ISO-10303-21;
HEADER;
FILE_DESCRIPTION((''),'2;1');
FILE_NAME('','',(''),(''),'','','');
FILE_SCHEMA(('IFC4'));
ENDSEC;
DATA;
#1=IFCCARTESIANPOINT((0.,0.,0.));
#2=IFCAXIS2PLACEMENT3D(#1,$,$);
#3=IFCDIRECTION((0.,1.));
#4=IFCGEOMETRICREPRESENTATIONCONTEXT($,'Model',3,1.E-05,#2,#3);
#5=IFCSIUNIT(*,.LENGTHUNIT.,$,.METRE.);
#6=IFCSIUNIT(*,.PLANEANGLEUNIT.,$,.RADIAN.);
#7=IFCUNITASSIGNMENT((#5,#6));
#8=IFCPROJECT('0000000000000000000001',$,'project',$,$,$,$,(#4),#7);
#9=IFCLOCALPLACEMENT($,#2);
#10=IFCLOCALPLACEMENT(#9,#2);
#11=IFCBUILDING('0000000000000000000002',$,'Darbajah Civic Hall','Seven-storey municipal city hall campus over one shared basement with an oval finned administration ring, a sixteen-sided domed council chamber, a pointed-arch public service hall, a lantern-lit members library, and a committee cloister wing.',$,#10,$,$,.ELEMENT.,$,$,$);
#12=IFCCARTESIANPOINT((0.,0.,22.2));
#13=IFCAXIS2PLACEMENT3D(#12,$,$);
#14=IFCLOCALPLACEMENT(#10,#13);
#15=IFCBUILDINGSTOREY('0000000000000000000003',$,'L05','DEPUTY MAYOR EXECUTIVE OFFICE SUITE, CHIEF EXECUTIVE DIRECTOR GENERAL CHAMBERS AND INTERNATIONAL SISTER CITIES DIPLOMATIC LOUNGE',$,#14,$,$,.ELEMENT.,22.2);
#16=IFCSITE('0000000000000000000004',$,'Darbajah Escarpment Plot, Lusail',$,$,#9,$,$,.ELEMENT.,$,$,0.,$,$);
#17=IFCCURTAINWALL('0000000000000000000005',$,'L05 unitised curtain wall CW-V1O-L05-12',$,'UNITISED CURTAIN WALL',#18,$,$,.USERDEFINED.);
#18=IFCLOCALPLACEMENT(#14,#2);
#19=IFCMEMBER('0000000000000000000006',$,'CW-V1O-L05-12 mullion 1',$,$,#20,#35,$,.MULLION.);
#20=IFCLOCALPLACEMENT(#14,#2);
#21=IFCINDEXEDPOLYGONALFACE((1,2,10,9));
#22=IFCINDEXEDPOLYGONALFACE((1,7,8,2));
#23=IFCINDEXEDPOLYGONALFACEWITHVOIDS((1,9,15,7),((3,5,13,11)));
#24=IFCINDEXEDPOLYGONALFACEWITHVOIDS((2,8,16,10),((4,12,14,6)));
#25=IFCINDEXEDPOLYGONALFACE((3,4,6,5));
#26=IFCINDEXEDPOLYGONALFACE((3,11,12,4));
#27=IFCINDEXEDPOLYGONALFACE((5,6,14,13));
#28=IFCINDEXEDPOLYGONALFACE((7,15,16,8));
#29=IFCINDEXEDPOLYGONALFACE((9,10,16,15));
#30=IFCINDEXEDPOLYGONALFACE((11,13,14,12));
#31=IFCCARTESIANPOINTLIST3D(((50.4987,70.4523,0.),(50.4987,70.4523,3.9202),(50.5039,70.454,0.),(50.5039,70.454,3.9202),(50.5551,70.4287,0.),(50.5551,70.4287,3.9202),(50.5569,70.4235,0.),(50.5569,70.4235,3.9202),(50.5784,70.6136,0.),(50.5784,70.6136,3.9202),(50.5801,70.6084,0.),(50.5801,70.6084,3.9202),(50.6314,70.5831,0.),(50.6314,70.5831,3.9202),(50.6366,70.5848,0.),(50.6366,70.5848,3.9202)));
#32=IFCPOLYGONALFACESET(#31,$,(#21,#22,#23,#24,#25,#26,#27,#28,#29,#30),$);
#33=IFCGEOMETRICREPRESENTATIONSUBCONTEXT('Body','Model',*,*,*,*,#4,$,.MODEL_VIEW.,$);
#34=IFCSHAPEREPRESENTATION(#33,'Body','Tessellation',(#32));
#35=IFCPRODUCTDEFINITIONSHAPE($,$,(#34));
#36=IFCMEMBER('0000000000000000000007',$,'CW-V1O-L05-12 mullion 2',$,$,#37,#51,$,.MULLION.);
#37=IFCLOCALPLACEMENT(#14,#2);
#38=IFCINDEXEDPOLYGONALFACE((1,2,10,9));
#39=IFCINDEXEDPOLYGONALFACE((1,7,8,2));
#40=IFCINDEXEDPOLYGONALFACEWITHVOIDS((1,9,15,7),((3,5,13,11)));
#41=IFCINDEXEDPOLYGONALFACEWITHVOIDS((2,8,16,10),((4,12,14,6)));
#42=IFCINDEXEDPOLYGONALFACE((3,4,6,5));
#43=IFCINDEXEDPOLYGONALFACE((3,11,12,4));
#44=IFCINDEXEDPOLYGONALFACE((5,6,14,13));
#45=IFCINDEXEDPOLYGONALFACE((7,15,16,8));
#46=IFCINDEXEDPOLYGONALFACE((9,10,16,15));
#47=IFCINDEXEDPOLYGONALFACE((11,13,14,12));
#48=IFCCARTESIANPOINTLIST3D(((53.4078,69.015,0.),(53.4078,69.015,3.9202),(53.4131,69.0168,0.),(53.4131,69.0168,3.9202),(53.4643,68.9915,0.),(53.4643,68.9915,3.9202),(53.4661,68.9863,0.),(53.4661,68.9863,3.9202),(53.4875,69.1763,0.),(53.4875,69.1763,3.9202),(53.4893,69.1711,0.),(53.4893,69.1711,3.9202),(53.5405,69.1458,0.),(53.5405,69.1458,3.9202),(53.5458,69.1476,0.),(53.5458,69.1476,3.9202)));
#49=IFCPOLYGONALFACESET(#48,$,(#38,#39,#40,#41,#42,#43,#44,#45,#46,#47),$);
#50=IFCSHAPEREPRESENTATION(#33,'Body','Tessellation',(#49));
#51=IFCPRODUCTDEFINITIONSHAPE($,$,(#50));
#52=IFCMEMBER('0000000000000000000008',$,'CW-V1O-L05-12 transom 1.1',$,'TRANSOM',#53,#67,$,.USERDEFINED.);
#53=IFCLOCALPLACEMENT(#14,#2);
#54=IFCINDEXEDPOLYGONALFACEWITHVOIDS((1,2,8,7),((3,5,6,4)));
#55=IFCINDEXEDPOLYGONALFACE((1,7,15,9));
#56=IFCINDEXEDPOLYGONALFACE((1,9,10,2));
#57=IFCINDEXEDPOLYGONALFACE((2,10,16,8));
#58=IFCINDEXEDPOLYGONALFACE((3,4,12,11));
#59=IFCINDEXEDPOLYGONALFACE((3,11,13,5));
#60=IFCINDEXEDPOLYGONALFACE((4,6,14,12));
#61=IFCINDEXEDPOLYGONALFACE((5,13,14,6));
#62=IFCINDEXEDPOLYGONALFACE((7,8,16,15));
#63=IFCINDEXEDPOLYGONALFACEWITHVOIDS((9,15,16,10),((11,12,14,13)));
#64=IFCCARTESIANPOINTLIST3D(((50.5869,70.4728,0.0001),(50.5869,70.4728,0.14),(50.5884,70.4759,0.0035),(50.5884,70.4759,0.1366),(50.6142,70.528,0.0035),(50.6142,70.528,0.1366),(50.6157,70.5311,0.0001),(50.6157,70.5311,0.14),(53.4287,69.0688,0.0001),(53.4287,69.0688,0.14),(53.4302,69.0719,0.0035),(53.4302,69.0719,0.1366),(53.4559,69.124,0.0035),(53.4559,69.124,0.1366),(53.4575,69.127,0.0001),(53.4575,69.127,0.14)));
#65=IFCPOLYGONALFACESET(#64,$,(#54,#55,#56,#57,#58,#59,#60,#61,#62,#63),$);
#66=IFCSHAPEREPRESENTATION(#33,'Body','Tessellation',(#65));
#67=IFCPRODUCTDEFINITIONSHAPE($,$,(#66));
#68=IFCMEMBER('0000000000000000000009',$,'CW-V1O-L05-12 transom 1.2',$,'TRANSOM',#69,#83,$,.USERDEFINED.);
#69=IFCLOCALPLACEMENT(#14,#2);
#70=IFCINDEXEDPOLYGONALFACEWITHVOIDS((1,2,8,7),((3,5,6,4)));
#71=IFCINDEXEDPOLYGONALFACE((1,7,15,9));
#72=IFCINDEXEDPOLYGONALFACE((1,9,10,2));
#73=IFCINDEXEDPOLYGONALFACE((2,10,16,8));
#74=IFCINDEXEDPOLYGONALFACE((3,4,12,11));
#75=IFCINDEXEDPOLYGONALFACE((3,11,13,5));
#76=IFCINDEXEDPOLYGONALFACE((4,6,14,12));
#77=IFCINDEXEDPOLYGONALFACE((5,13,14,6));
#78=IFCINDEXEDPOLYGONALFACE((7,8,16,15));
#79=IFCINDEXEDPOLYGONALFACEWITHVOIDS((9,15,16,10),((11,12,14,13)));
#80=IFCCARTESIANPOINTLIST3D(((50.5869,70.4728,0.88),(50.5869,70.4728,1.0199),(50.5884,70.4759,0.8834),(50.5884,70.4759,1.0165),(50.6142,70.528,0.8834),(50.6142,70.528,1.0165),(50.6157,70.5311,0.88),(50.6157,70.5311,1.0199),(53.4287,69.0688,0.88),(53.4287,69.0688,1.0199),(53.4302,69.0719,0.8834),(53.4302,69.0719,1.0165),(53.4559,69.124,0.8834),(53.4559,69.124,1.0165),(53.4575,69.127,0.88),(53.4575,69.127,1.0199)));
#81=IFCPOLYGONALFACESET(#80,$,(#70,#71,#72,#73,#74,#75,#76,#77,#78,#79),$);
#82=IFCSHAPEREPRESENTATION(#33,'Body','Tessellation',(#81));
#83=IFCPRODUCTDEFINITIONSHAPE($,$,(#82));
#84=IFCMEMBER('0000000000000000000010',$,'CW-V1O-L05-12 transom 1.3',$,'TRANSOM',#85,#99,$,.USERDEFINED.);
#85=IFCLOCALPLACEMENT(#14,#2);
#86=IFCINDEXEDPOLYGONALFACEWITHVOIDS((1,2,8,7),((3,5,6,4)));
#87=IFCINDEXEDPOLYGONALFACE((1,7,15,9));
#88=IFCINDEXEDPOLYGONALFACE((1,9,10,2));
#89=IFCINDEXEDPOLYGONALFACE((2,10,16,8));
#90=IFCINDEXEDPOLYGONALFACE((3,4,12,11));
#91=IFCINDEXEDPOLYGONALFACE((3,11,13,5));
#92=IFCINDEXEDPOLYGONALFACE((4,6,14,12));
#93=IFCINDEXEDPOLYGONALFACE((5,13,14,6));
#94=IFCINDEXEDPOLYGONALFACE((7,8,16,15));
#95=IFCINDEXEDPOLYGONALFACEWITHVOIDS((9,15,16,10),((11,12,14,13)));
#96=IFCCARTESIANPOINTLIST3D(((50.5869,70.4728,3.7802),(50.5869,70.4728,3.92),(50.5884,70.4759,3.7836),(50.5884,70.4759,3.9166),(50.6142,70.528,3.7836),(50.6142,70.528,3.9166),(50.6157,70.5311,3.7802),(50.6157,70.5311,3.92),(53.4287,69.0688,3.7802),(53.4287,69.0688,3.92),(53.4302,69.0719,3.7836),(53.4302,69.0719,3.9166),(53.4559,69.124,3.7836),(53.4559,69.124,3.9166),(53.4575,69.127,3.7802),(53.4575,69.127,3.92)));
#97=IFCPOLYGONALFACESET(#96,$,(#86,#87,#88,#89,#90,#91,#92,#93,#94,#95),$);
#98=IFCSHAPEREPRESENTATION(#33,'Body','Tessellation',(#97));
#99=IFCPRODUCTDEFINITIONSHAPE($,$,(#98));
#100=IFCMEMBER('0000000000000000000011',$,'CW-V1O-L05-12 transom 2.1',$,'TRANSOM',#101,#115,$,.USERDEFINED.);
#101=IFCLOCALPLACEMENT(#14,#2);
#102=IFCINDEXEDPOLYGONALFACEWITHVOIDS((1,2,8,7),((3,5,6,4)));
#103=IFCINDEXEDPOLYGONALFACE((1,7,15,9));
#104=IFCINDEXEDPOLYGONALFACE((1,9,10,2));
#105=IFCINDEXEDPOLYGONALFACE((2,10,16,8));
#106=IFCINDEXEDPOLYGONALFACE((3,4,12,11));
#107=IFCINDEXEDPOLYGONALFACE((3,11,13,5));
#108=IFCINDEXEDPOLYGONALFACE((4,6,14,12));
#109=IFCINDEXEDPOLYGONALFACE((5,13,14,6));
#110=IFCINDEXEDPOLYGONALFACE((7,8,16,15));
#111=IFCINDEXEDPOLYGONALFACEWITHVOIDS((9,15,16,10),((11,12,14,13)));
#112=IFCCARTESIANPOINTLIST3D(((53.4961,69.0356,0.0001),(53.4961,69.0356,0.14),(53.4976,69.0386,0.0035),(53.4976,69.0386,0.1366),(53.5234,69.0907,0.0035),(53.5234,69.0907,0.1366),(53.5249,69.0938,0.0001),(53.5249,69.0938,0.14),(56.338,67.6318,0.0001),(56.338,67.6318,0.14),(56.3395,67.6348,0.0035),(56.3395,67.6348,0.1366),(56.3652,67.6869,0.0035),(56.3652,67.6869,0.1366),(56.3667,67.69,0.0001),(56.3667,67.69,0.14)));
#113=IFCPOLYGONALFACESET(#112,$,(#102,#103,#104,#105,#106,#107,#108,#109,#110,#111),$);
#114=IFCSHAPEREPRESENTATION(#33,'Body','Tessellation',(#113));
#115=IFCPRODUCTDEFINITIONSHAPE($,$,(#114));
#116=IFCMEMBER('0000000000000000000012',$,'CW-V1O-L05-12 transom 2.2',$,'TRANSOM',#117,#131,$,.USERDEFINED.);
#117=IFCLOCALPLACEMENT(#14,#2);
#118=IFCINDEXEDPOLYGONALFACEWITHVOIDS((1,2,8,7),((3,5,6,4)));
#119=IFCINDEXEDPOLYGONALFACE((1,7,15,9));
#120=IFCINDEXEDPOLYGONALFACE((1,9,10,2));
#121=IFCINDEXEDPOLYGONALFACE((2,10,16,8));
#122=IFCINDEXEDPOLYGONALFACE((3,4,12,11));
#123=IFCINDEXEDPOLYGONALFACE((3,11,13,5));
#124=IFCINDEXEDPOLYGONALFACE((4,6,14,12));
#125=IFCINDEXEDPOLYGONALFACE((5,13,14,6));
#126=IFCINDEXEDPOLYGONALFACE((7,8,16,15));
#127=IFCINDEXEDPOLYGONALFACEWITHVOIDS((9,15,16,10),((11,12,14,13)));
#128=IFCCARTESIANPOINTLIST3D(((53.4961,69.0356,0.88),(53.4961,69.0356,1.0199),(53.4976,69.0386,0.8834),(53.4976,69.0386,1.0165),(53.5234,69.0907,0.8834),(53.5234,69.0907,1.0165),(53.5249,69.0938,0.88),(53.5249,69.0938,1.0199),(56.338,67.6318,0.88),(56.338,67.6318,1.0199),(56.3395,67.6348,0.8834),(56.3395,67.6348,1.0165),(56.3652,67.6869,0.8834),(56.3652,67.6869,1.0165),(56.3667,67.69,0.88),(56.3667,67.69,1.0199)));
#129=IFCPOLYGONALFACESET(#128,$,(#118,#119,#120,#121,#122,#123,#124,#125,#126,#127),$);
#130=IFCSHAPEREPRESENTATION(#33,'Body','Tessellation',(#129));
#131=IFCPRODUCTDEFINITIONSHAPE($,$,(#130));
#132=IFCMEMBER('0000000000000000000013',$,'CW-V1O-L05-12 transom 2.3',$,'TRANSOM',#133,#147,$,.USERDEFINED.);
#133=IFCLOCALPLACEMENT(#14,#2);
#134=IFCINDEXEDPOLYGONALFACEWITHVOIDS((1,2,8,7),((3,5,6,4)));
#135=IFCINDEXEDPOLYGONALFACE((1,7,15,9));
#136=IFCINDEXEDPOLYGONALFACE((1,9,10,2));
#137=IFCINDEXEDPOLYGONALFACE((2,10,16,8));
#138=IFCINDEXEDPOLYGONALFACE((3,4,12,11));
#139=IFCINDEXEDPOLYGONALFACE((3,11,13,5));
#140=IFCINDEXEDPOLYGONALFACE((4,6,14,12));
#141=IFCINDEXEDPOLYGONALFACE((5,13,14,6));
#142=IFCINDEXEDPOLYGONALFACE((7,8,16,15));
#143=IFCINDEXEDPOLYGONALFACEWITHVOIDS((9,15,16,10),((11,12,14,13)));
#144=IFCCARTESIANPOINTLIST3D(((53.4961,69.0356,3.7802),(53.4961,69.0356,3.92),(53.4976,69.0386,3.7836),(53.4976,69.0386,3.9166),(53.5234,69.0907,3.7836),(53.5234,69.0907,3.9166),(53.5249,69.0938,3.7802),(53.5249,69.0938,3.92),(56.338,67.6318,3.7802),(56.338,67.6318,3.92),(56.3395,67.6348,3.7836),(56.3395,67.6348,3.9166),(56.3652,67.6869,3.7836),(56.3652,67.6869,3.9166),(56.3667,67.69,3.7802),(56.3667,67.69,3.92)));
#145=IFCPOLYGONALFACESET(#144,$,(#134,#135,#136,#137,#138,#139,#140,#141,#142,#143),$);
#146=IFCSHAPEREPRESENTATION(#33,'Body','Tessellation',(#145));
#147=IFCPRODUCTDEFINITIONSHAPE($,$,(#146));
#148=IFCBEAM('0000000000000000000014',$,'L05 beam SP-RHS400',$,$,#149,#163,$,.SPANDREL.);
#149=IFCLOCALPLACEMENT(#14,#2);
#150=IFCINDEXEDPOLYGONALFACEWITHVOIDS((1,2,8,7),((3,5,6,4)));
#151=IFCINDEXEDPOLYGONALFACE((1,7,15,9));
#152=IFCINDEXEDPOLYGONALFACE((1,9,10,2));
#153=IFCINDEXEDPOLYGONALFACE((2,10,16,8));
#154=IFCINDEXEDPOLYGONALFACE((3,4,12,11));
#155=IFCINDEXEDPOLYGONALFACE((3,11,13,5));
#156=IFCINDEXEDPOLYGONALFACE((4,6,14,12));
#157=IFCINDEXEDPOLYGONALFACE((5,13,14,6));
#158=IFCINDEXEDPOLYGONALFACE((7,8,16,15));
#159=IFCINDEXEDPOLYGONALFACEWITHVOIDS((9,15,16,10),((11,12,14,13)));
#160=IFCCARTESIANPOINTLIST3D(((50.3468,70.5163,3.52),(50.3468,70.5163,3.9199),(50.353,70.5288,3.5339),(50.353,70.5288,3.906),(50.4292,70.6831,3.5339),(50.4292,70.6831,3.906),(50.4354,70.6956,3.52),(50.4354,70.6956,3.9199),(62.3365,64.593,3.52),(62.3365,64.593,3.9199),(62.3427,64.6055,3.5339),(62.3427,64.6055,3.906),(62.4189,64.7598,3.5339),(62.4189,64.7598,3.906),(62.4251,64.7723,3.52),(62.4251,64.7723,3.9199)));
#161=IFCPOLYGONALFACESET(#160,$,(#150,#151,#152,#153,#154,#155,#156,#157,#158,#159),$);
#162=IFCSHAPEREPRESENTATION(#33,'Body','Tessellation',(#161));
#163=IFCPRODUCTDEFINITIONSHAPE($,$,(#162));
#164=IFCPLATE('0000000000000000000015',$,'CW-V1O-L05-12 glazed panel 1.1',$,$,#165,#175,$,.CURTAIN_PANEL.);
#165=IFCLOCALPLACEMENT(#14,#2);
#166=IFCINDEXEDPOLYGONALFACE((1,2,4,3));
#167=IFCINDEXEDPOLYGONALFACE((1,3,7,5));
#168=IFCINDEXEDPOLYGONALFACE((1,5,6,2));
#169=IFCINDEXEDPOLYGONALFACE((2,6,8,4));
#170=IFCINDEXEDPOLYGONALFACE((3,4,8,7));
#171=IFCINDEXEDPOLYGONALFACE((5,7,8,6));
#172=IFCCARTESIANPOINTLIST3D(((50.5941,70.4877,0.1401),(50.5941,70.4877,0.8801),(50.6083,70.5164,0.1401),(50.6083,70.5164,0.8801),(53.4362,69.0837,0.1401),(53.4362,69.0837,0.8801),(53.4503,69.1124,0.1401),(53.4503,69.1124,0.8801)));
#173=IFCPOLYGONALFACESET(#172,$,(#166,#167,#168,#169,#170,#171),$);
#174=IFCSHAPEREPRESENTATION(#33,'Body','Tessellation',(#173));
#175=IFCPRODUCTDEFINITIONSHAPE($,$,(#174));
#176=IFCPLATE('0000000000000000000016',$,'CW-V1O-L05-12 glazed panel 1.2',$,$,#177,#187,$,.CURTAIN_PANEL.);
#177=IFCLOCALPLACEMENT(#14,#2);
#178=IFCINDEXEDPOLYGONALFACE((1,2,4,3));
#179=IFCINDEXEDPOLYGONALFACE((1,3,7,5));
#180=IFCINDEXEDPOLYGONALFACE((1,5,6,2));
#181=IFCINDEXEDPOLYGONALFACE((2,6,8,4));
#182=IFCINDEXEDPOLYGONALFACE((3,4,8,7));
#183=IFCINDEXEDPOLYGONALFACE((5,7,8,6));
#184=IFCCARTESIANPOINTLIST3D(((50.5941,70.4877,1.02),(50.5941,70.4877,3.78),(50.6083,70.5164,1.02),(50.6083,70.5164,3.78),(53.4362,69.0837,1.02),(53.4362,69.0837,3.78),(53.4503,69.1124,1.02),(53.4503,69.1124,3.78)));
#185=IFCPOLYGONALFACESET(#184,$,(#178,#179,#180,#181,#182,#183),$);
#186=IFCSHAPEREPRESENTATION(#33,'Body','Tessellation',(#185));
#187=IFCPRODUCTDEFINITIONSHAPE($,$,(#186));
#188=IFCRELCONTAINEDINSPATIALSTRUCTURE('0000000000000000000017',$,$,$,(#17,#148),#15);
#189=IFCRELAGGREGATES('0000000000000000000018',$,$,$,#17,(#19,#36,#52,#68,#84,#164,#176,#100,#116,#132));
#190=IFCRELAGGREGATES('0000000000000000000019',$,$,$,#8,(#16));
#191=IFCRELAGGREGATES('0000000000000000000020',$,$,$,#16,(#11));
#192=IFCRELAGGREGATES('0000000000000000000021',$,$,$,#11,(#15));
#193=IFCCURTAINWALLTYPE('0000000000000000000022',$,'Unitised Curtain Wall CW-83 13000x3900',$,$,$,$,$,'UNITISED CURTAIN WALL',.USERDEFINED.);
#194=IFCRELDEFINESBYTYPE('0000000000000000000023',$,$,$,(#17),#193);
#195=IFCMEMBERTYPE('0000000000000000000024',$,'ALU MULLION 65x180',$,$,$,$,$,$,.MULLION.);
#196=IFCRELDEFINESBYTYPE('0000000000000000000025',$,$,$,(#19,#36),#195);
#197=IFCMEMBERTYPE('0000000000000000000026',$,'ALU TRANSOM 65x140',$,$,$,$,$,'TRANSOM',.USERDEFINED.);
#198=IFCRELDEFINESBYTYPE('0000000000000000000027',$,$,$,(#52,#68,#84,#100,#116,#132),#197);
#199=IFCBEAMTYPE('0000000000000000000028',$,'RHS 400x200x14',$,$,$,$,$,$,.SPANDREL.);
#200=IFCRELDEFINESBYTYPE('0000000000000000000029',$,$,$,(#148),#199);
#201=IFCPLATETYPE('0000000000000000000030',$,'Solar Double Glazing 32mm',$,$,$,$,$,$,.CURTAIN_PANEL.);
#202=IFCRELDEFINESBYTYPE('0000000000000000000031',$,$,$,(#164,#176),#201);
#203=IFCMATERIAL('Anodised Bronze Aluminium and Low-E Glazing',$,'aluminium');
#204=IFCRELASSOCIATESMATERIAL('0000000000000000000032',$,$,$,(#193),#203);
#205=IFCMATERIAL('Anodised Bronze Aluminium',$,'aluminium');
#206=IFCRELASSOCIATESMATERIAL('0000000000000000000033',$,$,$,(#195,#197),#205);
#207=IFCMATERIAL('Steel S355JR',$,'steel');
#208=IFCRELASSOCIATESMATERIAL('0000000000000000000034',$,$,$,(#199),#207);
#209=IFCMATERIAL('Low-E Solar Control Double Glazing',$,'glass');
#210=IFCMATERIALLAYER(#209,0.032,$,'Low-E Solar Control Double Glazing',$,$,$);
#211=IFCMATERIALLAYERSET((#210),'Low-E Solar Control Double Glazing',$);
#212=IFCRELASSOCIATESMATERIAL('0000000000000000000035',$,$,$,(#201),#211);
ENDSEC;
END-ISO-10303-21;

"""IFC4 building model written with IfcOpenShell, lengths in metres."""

from ifc_helpers import new_model, si_unit, direction, frame, origin, origin_2d, place, context, subcontext, project, spatial, rectangle, hollow_rectangle, extrude, material, layer, layer_set, material_profile, profile_set, type_object, element, aggregate, save


model = new_model("IFC4")

# Units and contexts
model_context = context("Model", 3, precision=1e-05, world=origin(), true_north=direction((0.0, 1.0)))
body_context = subcontext(model_context, "Body", "Model", "MODEL_VIEW")
ifc_project = project(units=[si_unit("LENGTHUNIT", "METRE"), si_unit("PLANEANGLEUNIT", "RADIAN")], contexts=[model_context])

# Site, building, storey
site_placement = place(None, origin())
site = spatial("IfcSite", under=ifc_project, at=site_placement, Name="Darbajah Escarpment Plot, Lusail", CompositionType="ELEMENT", RefElevation=0.0)
building_placement = place(site_placement, origin())
building = spatial("IfcBuilding", under=site, at=building_placement, Name="Darbajah Civic Hall", Description="Seven-storey municipal city hall campus over one shared basement with an oval finned administration ring, a sixteen-sided domed council chamber, a pointed-arch public service hall, a lantern-lit members library, and a committee cloister wing.", CompositionType="ELEMENT")
storey_placement = place(building_placement, frame((0.0, 0.0, 22.2)))
storey = spatial("IfcBuildingStorey", under=building, at=storey_placement, Name="L05", Description="DEPUTY MAYOR EXECUTIVE OFFICE SUITE, CHIEF EXECUTIVE DIRECTOR GENERAL CHAMBERS AND INTERNATIONAL SISTER CITIES DIPLOMATIC LOUNGE", CompositionType="ELEMENT", Elevation=22.2)

# Curtain wall, members
ifc_material_1 = material(Name="Anodised Bronze Aluminium and Low-E Glazing", Category="aluminium")
curtain_wall_type = type_object("IfcCurtainWallType", Name="Unitised Curtain Wall CW-83 13000x3900", ElementType="UNITISED CURTAIN WALL", PredefinedType="USERDEFINED", material=ifc_material_1)
curtain_wall_placement = place(storey_placement, origin())
curtain_wall = element("IfcCurtainWall", 1, at=curtain_wall_placement, inside=storey, type_object=curtain_wall_type, Name="L05 unitised curtain wall CW-V1O-L05-12", ObjectType="UNITISED CURTAIN WALL", PredefinedType="USERDEFINED")
ifc_material_2 = material(Name="Anodised Bronze Aluminium", Category="aluminium")
ifc_material_profile_1 = material_profile(ifc_material_2, hollow_rectangle(XDim=0.0649, YDim=0.1799, WallThickness=0.0039, at=origin_2d()), Name="ALU MULLION 65x180")
ifc_profile_set_1 = profile_set([ifc_material_profile_1], Name="Anodised Bronze Aluminium")
member_type_1 = type_object("IfcMemberType", Name="ALU MULLION 65x180", PredefinedType="MULLION", material=ifc_profile_set_1)
member_1_placement = place(storey_placement, frame((50.5676, 70.5186, 0.0), z_axis=(0.0, 0.0, 1.0), x_axis=(0.896564, -0.442915, 0.0)))
member_1 = element("IfcMember", 2, at=member_1_placement, type_object=member_type_1, Name="CW-V1O-L05-12 mullion 1", PredefinedType="MULLION", context=body_context, shape_type="SweptSolid", body=[
    extrude(hollow_rectangle(XDim=0.0649, YDim=0.1799, WallThickness=0.0039, at=origin_2d()), origin(), (0.0, 0.0, 1.0), 3.9202),
])
member_2_placement = place(storey_placement, frame((53.4768, 69.0813, 0.0), z_axis=(0.0, 0.0, 1.0), x_axis=(0.896564, -0.442915, 0.0)))
member_2 = element("IfcMember", 3, at=member_2_placement, type_object=member_type_1, Name="CW-V1O-L05-12 mullion 2", PredefinedType="MULLION", context=body_context, shape_type="SweptSolid", body=[
    extrude(hollow_rectangle(XDim=0.0649, YDim=0.1799, WallThickness=0.0039, at=origin_2d()), origin(), (0.0, 0.0, 1.0), 3.9202),
])
ifc_material_profile_2 = material_profile(ifc_material_2, hollow_rectangle(XDim=0.0649, YDim=0.1399, WallThickness=0.0034, at=origin_2d()), Name="ALU TRANSOM 65x140")
ifc_profile_set_2 = profile_set([ifc_material_profile_2], Name="Anodised Bronze Aluminium")
member_type_2 = type_object("IfcMemberType", Name="ALU TRANSOM 65x140", ElementType="TRANSOM", PredefinedType="USERDEFINED", material=ifc_profile_set_2)
member_3_placement = place(storey_placement, frame((50.6013, 70.502, 0.0701), z_axis=(0.896543, -0.442957, 0.0), x_axis=(0.442957, 0.896543, 0.0)))
member_3 = element("IfcMember", 4, at=member_3_placement, type_object=member_type_2, Name="CW-V1O-L05-12 transom 1.1", ObjectType="TRANSOM", PredefinedType="USERDEFINED", context=body_context, shape_type="SweptSolid", body=[
    extrude(hollow_rectangle(XDim=0.0649, YDim=0.1399, WallThickness=0.0034, at=origin_2d()), origin(), (0.0, 0.0, 1.0), 3.1697),
])
member_4_placement = place(storey_placement, frame((50.6013, 70.502, 0.95), z_axis=(0.896543, -0.442957, 0.0), x_axis=(0.442957, 0.896543, 0.0)))
member_4 = element("IfcMember", 5, at=member_4_placement, type_object=member_type_2, Name="CW-V1O-L05-12 transom 1.2", ObjectType="TRANSOM", PredefinedType="USERDEFINED", context=body_context, shape_type="SweptSolid", body=[
    extrude(hollow_rectangle(XDim=0.0649, YDim=0.1399, WallThickness=0.0034, at=origin_2d()), origin(), (0.0, 0.0, 1.0), 3.1697),
])
member_5_placement = place(storey_placement, frame((50.6013, 70.502, 3.8501), z_axis=(0.896543, -0.442957, 0.0), x_axis=(0.442957, 0.896543, 0.0)))
member_5 = element("IfcMember", 6, at=member_5_placement, type_object=member_type_2, Name="CW-V1O-L05-12 transom 1.3", ObjectType="TRANSOM", PredefinedType="USERDEFINED", context=body_context, shape_type="SweptSolid", body=[
    extrude(hollow_rectangle(XDim=0.0649, YDim=0.1399, WallThickness=0.0034, at=origin_2d()), origin(), (0.0, 0.0, 1.0), 3.1697),
])
member_6_placement = place(storey_placement, frame((53.5105, 69.0647, 0.0701), z_axis=(0.896573, -0.442895, 0.0), x_axis=(0.442895, 0.896573, 0.0)))
member_6 = element("IfcMember", 7, at=member_6_placement, type_object=member_type_2, Name="CW-V1O-L05-12 transom 2.1", ObjectType="TRANSOM", PredefinedType="USERDEFINED", context=body_context, shape_type="SweptSolid", body=[
    extrude(hollow_rectangle(XDim=0.0649, YDim=0.1399, WallThickness=0.0034, at=origin_2d()), origin(), (0.0, 0.0, 1.0), 3.1697),
])
member_7_placement = place(storey_placement, frame((53.5105, 69.0647, 0.95), z_axis=(0.896573, -0.442895, 0.0), x_axis=(0.442895, 0.896573, 0.0)))
member_7 = element("IfcMember", 8, at=member_7_placement, type_object=member_type_2, Name="CW-V1O-L05-12 transom 2.2", ObjectType="TRANSOM", PredefinedType="USERDEFINED", context=body_context, shape_type="SweptSolid", body=[
    extrude(hollow_rectangle(XDim=0.0649, YDim=0.1399, WallThickness=0.0034, at=origin_2d()), origin(), (0.0, 0.0, 1.0), 3.1697),
])
member_8_placement = place(storey_placement, frame((53.5105, 69.0647, 3.8501), z_axis=(0.896573, -0.442895, 0.0), x_axis=(0.442895, 0.896573, 0.0)))
member_8 = element("IfcMember", 9, at=member_8_placement, type_object=member_type_2, Name="CW-V1O-L05-12 transom 2.3", ObjectType="TRANSOM", PredefinedType="USERDEFINED", context=body_context, shape_type="SweptSolid", body=[
    extrude(hollow_rectangle(XDim=0.0649, YDim=0.1399, WallThickness=0.0034, at=origin_2d()), origin(), (0.0, 0.0, 1.0), 3.1697),
])

# Beam
ifc_material_3 = material(Name="Steel S355JR", Category="steel")
ifc_material_profile_3 = material_profile(ifc_material_3, hollow_rectangle(XDim=0.2, YDim=0.3999, WallThickness=0.0139, at=origin_2d()), Name="RHS 400x200x14")
ifc_profile_set_3 = profile_set([ifc_material_profile_3], Name="Steel S355JR")
beam_type = type_object("IfcBeamType", Name="RHS 400x200x14", PredefinedType="SPANDREL", material=ifc_profile_set_3)
beam_placement = place(storey_placement, frame((50.3911, 70.606, 3.72), z_axis=(0.896557, -0.442929, 0.0), x_axis=(0.442929, 0.896557, 0.0)))
element("IfcBeam", 10, at=beam_placement, inside=storey, type_object=beam_type, Name="L05 beam SP-RHS400", PredefinedType="SPANDREL", context=body_context, shape_type="SweptSolid", body=[
    extrude(hollow_rectangle(XDim=0.2, YDim=0.3999, WallThickness=0.0139, at=origin_2d()), origin(), (0.0, 0.0, 1.0), 13.373),
])

# Plates
ifc_material_4 = material(Name="Low-E Solar Control Double Glazing", Category="glass")
ifc_layer = layer(ifc_material_4, 0.032, Name="Low-E Solar Control Double Glazing")
ifc_layer_set = layer_set([ifc_layer], Name="Low-E Solar Control Double Glazing")
plate_type = type_object("IfcPlateType", Name="Solar Double Glazing 32mm", PredefinedType="CURTAIN_PANEL", material=ifc_layer_set)
plate_1_placement = place(storey_placement, frame((52.0222, 69.8, 0.1401), z_axis=(0.0, 0.0, 1.0), x_axis=(0.896564, -0.442915, 0.0)))
plate_1 = element("IfcPlate", 11, at=plate_1_placement, type_object=plate_type, Name="CW-V1O-L05-12 glazed panel 1.1", PredefinedType="CURTAIN_PANEL", context=body_context, shape_type="SweptSolid", body=[
    extrude(rectangle(XDim=3.1699, YDim=0.032, at=origin_2d()), origin(), (0.0, 0.0, 1.0), 0.74),
])
plate_2_placement = place(storey_placement, frame((52.0222, 69.8, 1.02), z_axis=(0.0, 0.0, 1.0), x_axis=(0.896564, -0.442915, 0.0)))
plate_2 = element("IfcPlate", 12, at=plate_2_placement, type_object=plate_type, Name="CW-V1O-L05-12 glazed panel 1.2", PredefinedType="CURTAIN_PANEL", context=body_context, shape_type="SweptSolid", body=[
    extrude(rectangle(XDim=3.1699, YDim=0.032, at=origin_2d()), origin(), (0.0, 0.0, 1.0), 2.76),
])
aggregate(curtain_wall, [member_1, member_2, member_3, member_4, member_5, plate_1, plate_2, member_6, member_7, member_8])

save(model, "model.ifc")
